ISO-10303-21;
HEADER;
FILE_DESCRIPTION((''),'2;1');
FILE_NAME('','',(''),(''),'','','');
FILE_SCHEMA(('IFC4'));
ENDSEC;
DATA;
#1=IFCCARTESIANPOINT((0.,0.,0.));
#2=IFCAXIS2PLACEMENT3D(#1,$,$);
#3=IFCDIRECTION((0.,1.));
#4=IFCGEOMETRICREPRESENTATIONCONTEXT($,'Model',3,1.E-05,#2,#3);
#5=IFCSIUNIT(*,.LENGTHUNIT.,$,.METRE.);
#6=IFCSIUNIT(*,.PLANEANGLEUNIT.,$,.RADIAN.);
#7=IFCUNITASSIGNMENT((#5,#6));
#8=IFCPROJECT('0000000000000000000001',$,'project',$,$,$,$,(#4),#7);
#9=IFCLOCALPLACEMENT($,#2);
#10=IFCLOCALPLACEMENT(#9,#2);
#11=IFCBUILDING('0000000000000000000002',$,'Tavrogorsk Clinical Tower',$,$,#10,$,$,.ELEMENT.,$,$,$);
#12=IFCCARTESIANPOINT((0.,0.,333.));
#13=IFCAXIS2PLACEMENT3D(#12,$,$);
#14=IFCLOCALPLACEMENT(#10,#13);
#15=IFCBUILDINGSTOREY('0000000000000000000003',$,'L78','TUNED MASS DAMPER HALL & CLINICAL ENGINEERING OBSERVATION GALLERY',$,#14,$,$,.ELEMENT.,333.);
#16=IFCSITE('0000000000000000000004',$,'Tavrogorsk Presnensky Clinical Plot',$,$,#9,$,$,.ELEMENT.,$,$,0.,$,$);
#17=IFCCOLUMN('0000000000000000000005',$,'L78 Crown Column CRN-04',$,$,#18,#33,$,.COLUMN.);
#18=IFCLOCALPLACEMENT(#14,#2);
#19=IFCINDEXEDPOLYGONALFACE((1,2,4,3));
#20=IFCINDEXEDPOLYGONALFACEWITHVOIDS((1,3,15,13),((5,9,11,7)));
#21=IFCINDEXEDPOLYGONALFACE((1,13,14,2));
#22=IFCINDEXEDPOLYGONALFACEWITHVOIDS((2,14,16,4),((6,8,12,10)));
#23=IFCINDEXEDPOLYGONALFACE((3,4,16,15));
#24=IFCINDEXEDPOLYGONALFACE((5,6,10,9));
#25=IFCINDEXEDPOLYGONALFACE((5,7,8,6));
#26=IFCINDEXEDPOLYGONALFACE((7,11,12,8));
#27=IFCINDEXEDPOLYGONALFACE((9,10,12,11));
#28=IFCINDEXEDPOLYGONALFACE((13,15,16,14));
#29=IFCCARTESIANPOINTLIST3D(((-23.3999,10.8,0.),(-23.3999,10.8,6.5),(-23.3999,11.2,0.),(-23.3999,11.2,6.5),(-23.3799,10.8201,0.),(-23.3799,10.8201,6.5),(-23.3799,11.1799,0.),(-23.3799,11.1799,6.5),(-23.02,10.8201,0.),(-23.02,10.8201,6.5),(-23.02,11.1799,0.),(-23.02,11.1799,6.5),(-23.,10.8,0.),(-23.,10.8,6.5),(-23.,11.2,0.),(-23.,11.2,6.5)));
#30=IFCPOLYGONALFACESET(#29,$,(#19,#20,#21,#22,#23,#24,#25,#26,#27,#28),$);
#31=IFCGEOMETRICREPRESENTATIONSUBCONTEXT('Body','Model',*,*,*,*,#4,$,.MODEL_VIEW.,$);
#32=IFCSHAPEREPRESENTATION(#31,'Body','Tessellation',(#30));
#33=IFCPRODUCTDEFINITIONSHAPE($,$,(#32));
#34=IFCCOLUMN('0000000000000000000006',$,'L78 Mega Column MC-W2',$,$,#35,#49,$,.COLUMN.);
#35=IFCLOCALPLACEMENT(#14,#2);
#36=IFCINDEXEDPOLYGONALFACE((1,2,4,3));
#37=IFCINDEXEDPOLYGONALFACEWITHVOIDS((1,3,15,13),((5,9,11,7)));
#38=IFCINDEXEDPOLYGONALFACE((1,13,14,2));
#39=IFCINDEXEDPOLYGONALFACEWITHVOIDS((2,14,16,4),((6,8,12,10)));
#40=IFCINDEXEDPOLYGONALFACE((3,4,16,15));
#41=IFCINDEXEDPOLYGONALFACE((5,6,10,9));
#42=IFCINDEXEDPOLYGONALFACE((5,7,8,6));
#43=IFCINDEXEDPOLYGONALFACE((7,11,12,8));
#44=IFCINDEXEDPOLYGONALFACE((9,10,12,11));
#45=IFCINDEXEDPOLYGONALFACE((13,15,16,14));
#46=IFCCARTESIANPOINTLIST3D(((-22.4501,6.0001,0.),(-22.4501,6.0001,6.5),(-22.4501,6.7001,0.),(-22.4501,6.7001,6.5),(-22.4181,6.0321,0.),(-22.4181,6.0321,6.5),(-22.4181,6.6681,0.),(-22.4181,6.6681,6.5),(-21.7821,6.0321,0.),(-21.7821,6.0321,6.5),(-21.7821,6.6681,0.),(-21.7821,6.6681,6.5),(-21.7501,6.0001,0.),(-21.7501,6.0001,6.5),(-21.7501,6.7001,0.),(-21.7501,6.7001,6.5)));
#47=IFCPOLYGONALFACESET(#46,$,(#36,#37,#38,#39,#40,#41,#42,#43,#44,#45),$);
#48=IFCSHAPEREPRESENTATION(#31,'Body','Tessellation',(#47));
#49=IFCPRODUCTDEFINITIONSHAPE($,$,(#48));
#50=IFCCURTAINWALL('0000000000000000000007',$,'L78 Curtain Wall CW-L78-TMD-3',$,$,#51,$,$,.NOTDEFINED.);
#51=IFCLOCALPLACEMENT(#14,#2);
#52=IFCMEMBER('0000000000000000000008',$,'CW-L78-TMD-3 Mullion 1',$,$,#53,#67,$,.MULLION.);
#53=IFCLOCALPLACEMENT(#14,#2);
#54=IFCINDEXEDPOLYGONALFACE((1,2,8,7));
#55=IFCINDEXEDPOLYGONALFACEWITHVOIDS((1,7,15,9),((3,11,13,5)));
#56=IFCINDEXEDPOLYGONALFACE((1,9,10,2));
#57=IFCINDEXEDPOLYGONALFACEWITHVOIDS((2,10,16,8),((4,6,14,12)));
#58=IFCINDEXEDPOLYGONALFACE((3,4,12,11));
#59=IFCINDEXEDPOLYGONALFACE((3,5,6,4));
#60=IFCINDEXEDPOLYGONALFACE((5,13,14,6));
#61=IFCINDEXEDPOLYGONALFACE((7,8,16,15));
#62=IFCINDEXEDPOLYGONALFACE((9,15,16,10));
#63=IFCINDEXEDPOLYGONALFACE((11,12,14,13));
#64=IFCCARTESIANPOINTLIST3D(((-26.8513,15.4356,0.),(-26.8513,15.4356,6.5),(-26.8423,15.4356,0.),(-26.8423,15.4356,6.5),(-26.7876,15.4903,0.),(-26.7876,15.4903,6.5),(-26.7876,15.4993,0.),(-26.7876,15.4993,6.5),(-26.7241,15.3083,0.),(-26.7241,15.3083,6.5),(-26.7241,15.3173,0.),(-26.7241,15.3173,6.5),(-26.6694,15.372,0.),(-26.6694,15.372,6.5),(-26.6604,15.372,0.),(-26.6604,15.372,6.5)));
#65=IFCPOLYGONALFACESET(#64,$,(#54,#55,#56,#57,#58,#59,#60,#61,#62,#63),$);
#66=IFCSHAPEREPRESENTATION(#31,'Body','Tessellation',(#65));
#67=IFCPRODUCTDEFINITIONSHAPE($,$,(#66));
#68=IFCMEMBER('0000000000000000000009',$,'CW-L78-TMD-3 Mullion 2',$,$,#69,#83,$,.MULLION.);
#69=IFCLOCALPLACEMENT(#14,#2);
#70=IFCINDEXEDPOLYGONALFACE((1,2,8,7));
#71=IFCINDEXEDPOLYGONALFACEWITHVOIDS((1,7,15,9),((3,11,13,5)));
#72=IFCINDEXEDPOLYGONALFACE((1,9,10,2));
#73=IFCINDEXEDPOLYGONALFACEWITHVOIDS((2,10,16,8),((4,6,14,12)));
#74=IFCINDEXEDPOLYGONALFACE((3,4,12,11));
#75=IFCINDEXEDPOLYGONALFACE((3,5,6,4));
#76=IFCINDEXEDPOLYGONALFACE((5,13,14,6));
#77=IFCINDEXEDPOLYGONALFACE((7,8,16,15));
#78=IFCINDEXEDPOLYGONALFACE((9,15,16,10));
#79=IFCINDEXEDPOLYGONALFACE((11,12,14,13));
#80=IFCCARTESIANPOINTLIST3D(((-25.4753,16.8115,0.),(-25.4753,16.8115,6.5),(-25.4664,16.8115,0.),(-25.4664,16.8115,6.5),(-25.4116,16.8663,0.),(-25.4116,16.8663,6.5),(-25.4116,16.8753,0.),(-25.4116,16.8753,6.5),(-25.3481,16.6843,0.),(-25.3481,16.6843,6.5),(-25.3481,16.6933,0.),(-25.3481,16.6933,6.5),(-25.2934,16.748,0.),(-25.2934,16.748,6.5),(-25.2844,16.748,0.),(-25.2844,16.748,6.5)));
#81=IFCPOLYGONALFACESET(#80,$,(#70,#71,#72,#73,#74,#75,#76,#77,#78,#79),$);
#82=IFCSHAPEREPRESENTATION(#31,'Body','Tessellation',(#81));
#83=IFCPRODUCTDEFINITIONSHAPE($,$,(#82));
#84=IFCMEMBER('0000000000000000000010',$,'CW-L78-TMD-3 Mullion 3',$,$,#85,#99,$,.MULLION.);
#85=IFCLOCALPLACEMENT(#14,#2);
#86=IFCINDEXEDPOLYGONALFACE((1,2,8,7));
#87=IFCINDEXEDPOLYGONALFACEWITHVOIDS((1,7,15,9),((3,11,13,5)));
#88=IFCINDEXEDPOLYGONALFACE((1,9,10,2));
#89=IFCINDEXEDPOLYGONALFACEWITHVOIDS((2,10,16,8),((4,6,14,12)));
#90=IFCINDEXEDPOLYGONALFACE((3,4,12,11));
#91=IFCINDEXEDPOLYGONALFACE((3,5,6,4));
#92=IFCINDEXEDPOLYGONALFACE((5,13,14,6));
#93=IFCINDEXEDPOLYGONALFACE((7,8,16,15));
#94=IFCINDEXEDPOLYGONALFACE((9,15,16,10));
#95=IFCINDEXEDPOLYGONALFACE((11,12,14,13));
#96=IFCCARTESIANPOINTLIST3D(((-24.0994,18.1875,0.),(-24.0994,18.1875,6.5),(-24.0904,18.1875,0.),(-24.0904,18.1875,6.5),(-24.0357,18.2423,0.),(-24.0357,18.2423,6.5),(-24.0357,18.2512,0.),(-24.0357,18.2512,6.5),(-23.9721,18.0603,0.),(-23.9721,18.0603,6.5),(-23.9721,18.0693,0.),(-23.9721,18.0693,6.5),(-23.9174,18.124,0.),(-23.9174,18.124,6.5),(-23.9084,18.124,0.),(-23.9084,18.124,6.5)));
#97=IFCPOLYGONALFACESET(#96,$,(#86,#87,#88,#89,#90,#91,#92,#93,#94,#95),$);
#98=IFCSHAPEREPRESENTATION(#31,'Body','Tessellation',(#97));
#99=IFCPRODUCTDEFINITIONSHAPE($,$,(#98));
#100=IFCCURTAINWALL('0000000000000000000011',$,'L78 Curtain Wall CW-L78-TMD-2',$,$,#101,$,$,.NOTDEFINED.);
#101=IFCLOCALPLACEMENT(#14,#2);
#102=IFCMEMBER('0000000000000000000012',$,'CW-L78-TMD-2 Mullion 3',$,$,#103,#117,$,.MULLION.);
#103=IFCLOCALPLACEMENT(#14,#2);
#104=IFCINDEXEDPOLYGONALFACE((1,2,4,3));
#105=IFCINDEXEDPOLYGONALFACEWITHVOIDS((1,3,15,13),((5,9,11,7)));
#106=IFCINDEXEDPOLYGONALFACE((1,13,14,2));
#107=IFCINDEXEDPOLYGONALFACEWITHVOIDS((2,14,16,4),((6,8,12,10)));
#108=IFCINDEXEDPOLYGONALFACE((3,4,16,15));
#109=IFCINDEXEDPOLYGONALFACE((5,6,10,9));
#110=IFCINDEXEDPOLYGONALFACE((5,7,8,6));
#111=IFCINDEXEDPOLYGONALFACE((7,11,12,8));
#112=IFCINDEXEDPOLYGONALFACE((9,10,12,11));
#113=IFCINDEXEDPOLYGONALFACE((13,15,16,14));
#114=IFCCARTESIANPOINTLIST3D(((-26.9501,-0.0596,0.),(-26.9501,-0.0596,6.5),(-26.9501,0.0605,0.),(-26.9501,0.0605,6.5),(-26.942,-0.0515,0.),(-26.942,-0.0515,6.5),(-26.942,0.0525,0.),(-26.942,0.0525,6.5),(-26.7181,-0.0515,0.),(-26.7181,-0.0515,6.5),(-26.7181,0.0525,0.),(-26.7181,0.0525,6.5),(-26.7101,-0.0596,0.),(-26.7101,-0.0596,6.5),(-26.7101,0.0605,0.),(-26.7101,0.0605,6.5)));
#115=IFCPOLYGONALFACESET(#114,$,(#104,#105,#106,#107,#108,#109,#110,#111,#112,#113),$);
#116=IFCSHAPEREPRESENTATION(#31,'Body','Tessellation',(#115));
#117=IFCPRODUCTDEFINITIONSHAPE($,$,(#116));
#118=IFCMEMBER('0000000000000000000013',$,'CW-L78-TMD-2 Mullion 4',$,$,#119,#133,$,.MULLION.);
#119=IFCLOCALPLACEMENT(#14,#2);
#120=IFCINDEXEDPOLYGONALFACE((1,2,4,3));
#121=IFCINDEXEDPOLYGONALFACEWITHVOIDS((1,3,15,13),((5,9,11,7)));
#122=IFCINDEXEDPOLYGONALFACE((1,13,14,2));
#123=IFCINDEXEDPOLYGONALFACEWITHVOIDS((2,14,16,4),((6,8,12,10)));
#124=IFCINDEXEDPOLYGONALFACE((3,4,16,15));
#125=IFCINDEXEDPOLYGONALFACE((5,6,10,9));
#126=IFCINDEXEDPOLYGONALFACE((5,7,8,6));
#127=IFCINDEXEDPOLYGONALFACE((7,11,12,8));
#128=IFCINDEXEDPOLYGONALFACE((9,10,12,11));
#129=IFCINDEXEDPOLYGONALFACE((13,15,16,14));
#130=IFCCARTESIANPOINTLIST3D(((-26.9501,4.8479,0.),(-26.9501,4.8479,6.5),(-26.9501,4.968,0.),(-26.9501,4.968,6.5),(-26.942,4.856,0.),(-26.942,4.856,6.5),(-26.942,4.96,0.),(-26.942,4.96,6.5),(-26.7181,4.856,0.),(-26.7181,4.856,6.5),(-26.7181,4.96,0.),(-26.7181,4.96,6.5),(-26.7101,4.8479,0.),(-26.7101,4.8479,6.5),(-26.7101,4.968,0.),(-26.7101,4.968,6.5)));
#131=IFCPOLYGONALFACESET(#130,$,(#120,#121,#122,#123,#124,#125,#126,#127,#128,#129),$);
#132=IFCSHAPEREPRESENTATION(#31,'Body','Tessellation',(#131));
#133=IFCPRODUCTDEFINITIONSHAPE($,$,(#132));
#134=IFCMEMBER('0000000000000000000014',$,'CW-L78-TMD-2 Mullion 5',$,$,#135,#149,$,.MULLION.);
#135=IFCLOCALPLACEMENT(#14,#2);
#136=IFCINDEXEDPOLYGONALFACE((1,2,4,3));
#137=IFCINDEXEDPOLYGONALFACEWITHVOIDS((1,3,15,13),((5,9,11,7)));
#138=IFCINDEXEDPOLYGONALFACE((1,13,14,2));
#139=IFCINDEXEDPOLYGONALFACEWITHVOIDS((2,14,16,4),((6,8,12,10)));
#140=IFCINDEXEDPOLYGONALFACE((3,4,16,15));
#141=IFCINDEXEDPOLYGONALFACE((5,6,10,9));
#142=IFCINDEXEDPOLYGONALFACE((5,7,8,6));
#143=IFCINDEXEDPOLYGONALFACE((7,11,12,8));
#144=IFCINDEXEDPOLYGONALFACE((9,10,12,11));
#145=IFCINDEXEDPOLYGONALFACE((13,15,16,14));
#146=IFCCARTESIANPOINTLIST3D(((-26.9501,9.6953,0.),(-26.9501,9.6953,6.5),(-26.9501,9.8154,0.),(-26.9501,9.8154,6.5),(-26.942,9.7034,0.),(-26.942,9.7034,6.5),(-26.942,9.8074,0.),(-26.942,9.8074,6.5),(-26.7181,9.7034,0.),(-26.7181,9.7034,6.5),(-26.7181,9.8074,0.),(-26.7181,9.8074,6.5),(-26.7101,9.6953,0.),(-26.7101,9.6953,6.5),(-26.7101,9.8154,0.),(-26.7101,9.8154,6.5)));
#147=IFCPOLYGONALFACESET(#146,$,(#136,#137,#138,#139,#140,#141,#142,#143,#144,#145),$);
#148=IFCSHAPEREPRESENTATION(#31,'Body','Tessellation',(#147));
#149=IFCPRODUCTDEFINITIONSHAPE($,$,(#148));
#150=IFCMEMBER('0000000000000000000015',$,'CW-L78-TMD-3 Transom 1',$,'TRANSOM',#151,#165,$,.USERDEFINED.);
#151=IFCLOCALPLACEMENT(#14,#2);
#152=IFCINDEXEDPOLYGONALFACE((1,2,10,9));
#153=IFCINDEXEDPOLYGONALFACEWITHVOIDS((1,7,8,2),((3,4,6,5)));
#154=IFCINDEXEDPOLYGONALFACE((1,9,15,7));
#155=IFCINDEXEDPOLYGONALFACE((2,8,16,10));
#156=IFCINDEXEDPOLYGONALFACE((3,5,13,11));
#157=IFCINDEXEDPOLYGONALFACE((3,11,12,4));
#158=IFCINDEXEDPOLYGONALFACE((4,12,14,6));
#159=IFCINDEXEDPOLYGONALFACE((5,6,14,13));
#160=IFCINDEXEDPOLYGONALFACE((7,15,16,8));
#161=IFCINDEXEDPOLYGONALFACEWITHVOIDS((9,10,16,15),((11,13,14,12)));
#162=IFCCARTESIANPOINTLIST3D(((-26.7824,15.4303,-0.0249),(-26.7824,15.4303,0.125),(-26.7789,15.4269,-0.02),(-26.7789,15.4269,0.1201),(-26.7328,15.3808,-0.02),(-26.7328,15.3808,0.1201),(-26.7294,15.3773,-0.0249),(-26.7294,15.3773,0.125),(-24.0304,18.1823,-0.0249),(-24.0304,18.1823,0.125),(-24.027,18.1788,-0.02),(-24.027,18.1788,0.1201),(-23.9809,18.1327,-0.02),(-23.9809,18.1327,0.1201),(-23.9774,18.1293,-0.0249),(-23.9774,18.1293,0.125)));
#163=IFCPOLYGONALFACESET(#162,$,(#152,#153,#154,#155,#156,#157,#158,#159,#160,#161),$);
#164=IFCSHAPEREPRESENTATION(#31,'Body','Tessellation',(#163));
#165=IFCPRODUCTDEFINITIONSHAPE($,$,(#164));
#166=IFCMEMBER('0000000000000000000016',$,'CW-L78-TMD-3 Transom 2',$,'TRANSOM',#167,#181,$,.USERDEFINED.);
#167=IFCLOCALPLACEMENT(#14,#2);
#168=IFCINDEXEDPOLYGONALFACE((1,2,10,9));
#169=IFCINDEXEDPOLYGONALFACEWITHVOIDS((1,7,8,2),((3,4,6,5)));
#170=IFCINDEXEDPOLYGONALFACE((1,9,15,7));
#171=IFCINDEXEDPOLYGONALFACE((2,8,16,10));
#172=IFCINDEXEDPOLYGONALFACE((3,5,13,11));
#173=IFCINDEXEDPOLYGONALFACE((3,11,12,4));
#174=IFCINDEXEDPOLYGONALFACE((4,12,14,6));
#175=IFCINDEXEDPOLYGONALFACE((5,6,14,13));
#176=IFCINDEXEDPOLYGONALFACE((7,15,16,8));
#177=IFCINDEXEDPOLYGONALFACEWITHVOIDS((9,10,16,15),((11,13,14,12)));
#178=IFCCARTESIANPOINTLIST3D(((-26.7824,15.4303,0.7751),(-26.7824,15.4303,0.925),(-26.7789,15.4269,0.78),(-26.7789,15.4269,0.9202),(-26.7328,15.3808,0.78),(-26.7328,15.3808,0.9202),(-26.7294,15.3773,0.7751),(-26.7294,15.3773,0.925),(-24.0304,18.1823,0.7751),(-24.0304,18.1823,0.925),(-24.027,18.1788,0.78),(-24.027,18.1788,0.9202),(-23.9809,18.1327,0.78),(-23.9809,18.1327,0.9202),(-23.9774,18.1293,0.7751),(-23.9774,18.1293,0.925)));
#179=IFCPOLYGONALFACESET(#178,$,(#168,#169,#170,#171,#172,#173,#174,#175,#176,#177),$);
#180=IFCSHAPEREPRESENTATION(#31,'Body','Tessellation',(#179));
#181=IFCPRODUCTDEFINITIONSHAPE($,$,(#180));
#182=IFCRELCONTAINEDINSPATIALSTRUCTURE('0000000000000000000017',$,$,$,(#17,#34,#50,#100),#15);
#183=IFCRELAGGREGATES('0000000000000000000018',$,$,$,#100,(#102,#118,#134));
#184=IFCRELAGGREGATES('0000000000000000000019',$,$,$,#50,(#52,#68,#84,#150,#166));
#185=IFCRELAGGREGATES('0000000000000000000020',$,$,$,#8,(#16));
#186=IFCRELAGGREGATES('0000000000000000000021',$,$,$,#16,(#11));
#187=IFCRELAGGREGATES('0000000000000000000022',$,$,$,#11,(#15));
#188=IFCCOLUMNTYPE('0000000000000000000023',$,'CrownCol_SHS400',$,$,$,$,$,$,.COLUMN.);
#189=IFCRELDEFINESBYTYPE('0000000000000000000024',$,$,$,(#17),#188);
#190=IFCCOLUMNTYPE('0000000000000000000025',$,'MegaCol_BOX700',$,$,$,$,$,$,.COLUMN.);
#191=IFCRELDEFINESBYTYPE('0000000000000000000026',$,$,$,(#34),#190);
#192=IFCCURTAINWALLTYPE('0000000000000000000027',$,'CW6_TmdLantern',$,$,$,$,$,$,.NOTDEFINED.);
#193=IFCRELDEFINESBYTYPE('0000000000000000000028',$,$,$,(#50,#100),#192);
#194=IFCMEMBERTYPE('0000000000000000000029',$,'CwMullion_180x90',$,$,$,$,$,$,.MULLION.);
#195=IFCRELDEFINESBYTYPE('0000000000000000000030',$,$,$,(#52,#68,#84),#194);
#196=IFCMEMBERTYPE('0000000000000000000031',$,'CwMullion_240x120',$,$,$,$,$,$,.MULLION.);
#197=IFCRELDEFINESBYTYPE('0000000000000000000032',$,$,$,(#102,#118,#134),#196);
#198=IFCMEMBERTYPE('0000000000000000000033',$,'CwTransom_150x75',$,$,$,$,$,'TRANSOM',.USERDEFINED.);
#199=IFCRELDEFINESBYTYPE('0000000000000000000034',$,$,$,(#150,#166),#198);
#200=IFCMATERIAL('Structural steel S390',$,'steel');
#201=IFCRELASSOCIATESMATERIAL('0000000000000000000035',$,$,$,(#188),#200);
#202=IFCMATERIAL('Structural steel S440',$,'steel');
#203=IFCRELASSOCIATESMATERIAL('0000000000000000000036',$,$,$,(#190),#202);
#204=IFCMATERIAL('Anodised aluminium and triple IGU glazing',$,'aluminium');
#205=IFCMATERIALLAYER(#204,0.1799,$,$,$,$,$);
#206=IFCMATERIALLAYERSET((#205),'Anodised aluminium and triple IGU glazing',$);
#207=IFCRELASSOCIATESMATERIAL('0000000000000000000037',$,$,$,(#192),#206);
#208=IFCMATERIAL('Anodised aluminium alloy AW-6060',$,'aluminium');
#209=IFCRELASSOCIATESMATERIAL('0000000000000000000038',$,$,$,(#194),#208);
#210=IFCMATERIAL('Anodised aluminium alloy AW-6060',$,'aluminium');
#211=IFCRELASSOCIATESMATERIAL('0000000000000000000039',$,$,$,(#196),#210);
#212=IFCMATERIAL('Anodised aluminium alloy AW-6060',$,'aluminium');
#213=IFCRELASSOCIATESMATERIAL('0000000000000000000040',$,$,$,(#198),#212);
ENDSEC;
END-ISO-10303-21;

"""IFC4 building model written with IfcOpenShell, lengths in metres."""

from ifc_helpers import new_model, si_unit, direction, frame, origin, origin_2d, place, context, subcontext, project, spatial, hollow_rectangle, extrude, material, layer, layer_set, material_profile, profile_set, type_object, element, aggregate, save


model = new_model("IFC4")

# Units and contexts
model_context = context("Model", 3, precision=1e-05, world=origin(), true_north=direction((0.0, 1.0)))
body_context = subcontext(model_context, "Body", "Model", "MODEL_VIEW")
ifc_project = project(units=[si_unit("LENGTHUNIT", "METRE"), si_unit("PLANEANGLEUNIT", "RADIAN")], contexts=[model_context])

# Site, building, storey
site_placement = place(None, origin())
site = spatial("IfcSite", under=ifc_project, at=site_placement, Name="Tavrogorsk Presnensky Clinical Plot", CompositionType="ELEMENT", RefElevation=0.0)
building_placement = place(site_placement, origin())
building = spatial("IfcBuilding", under=site, at=building_placement, Name="Tavrogorsk Clinical Tower", CompositionType="ELEMENT")
storey_placement = place(building_placement, frame((0.0, 0.0, 333.0)))
storey = spatial("IfcBuildingStorey", under=building, at=storey_placement, Name="L78", Description="TUNED MASS DAMPER HALL & CLINICAL ENGINEERING OBSERVATION GALLERY", CompositionType="ELEMENT", Elevation=333.0)

# Columns
ifc_material_1 = material(Name="Structural steel S390", Category="steel")
ifc_material_profile_1 = material_profile(ifc_material_1, hollow_rectangle(XDim=0.3999, YDim=0.3999, WallThickness=0.02, at=origin_2d()), Name="SHS-400x400x20")
ifc_profile_set_1 = profile_set([ifc_material_profile_1], Name="Structural steel S390")
column_type_1 = type_object("IfcColumnType", Name="CrownCol_SHS400", PredefinedType="COLUMN", material=ifc_profile_set_1)
column_1_placement = place(storey_placement, frame((-23.2, 11.0, 0.0), z_axis=(0.0, 0.0, 1.0), x_axis=(1.0, 0.0, 0.0)))
element("IfcColumn", 1, at=column_1_placement, inside=storey, type_object=column_type_1, Name="L78 Crown Column CRN-04", PredefinedType="COLUMN", context=body_context, shape_type="SweptSolid", body=[
    extrude(hollow_rectangle(XDim=0.3999, YDim=0.3999, WallThickness=0.02, at=origin_2d()), origin(), (0.0, 0.0, 1.0), 6.5),
])
ifc_material_2 = material(Name="Structural steel S440", Category="steel")
ifc_material_profile_2 = material_profile(ifc_material_2, hollow_rectangle(XDim=0.7, YDim=0.7, WallThickness=0.032, at=origin_2d()), Name="BOX-700x700x32")
ifc_profile_set_2 = profile_set([ifc_material_profile_2], Name="Structural steel S440")
column_type_2 = type_object("IfcColumnType", Name="MegaCol_BOX700", PredefinedType="COLUMN", material=ifc_profile_set_2)
column_2_placement = place(storey_placement, frame((-22.1001, 6.3501, 0.0), z_axis=(0.0, 0.0, 1.0), x_axis=(1.0, 0.0, 0.0)))
element("IfcColumn", 2, at=column_2_placement, inside=storey, type_object=column_type_2, Name="L78 Mega Column MC-W2", PredefinedType="COLUMN", context=body_context, shape_type="SweptSolid", body=[
    extrude(hollow_rectangle(XDim=0.7, YDim=0.7, WallThickness=0.032, at=origin_2d()), origin(), (0.0, 0.0, 1.0), 6.5),
])

# Curtain walls, members
ifc_material_3 = material(Name="Anodised aluminium and triple IGU glazing", Category="aluminium")
ifc_layer_1 = layer(ifc_material_3, 0.1799)
ifc_layer_set_1 = layer_set([ifc_layer_1], Name="Anodised aluminium and triple IGU glazing")
curtain_wall_type = type_object("IfcCurtainWallType", Name="CW6_TmdLantern", PredefinedType="NOTDEFINED", material=ifc_layer_set_1)
curtain_wall_1_placement = place(storey_placement, origin())
curtain_wall_1 = element("IfcCurtainWall", 3, at=curtain_wall_1_placement, inside=storey, type_object=curtain_wall_type, Name="L78 Curtain Wall CW-L78-TMD-3", PredefinedType="NOTDEFINED")
ifc_material_4 = material(Name="Anodised aluminium alloy AW-6060", Category="aluminium")
ifc_material_profile_3 = material_profile(ifc_material_4, hollow_rectangle(XDim=0.0901, YDim=0.1799, WallThickness=0.0063, at=origin_2d()), Name="RHS-180x90x6.3")
ifc_profile_set_3 = profile_set([ifc_material_profile_3], Name="Anodised aluminium alloy AW-6060")
member_type_1 = type_object("IfcMemberType", Name="CwMullion_180x90", PredefinedType="MULLION", material=ifc_profile_set_3)
member_1_placement = place(storey_placement, frame((-26.7559, 15.4038, 0.0), z_axis=(0.0, 0.0, 1.0), x_axis=(0.707107, 0.707107, 0.0)))
member_1 = element("IfcMember", 4, at=member_1_placement, type_object=member_type_1, Name="CW-L78-TMD-3 Mullion 1", PredefinedType="MULLION", context=body_context, shape_type="SweptSolid", body=[
    extrude(hollow_rectangle(XDim=0.0901, YDim=0.1799, WallThickness=0.0063, at=origin_2d()), origin(), (0.0, 0.0, 1.0), 6.5),
])
member_2_placement = place(storey_placement, frame((-25.3799, 16.7798, 0.0), z_axis=(0.0, 0.0, 1.0), x_axis=(0.707107, 0.707107, 0.0)))
member_2 = element("IfcMember", 5, at=member_2_placement, type_object=member_type_1, Name="CW-L78-TMD-3 Mullion 2", PredefinedType="MULLION", context=body_context, shape_type="SweptSolid", body=[
    extrude(hollow_rectangle(XDim=0.0901, YDim=0.1799, WallThickness=0.0063, at=origin_2d()), origin(), (0.0, 0.0, 1.0), 6.5),
])
member_3_placement = place(storey_placement, frame((-24.0039, 18.1558, 0.0), z_axis=(0.0, 0.0, 1.0), x_axis=(0.707107, 0.707107, 0.0)))
member_3 = element("IfcMember", 6, at=member_3_placement, type_object=member_type_1, Name="CW-L78-TMD-3 Mullion 3", PredefinedType="MULLION", context=body_context, shape_type="SweptSolid", body=[
    extrude(hollow_rectangle(XDim=0.0901, YDim=0.1799, WallThickness=0.0063, at=origin_2d()), origin(), (0.0, 0.0, 1.0), 6.5),
])
curtain_wall_2_placement = place(storey_placement, origin())
curtain_wall_2 = element("IfcCurtainWall", 7, at=curtain_wall_2_placement, inside=storey, type_object=curtain_wall_type, Name="L78 Curtain Wall CW-L78-TMD-2", PredefinedType="NOTDEFINED")
ifc_material_5 = material(Name="Anodised aluminium alloy AW-6060", Category="aluminium")
ifc_material_profile_4 = material_profile(ifc_material_5, hollow_rectangle(XDim=0.1201, YDim=0.24, WallThickness=0.0081, at=origin_2d()), Name="RHS-240x120x8")
ifc_profile_set_4 = profile_set([ifc_material_profile_4], Name="Anodised aluminium alloy AW-6060")
member_type_2 = type_object("IfcMemberType", Name="CwMullion_240x120", PredefinedType="MULLION", material=ifc_profile_set_4)
member_4_placement = place(storey_placement, frame((-26.8301, 0.0005, 0.0), z_axis=(0.0, 0.0, 1.0), x_axis=(0.0, 1.0, 0.0)))
member_4 = element("IfcMember", 8, at=member_4_placement, type_object=member_type_2, Name="CW-L78-TMD-2 Mullion 3", PredefinedType="MULLION", context=body_context, shape_type="SweptSolid", body=[
    extrude(hollow_rectangle(XDim=0.1201, YDim=0.24, WallThickness=0.0081, at=origin_2d()), origin(), (0.0, 0.0, 1.0), 6.5),
])
member_5_placement = place(storey_placement, frame((-26.8301, 4.908, 0.0), z_axis=(0.0, 0.0, 1.0), x_axis=(0.0, 1.0, 0.0)))
member_5 = element("IfcMember", 9, at=member_5_placement, type_object=member_type_2, Name="CW-L78-TMD-2 Mullion 4", PredefinedType="MULLION", context=body_context, shape_type="SweptSolid", body=[
    extrude(hollow_rectangle(XDim=0.1201, YDim=0.24, WallThickness=0.0081, at=origin_2d()), origin(), (0.0, 0.0, 1.0), 6.5),
])
member_6_placement = place(storey_placement, frame((-26.8301, 9.7554, 0.0), z_axis=(0.0, 0.0, 1.0), x_axis=(0.0, 1.0, 0.0)))
member_6 = element("IfcMember", 10, at=member_6_placement, type_object=member_type_2, Name="CW-L78-TMD-2 Mullion 5", PredefinedType="MULLION", context=body_context, shape_type="SweptSolid", body=[
    extrude(hollow_rectangle(XDim=0.1201, YDim=0.24, WallThickness=0.0081, at=origin_2d()), origin(), (0.0, 0.0, 1.0), 6.5),
])

# Members
ifc_material_6 = material(Name="Anodised aluminium alloy AW-6060", Category="aluminium")
ifc_material_profile_5 = material_profile(ifc_material_6, hollow_rectangle(XDim=0.075, YDim=0.1499, WallThickness=0.0049, at=origin_2d()), Name="RHS-150x75x5")
ifc_profile_set_5 = profile_set([ifc_material_profile_5], Name="Anodised aluminium alloy AW-6060")
member_type_3 = type_object("IfcMemberType", Name="CwTransom_150x75", ElementType="TRANSOM", PredefinedType="USERDEFINED", material=ifc_profile_set_5)
member_7_placement = place(storey_placement, frame((-26.7559, 15.4038, 0.05), z_axis=(0.707107, 0.707107, 0.0), x_axis=(-0.707107, 0.707107, 0.0)))
member_7 = element("IfcMember", 11, at=member_7_placement, type_object=member_type_3, Name="CW-L78-TMD-3 Transom 1", ObjectType="TRANSOM", PredefinedType="USERDEFINED", context=body_context, shape_type="SweptSolid", body=[
    extrude(hollow_rectangle(XDim=0.075, YDim=0.1499, WallThickness=0.0049, at=origin_2d()), origin(), (0.0, 0.0, 1.0), 3.8918),
])
member_8_placement = place(storey_placement, frame((-26.7559, 15.4038, 0.8501), z_axis=(0.707107, 0.707107, 0.0), x_axis=(-0.707107, 0.707107, 0.0)))
member_8 = element("IfcMember", 12, at=member_8_placement, type_object=member_type_3, Name="CW-L78-TMD-3 Transom 2", ObjectType="TRANSOM", PredefinedType="USERDEFINED", context=body_context, shape_type="SweptSolid", body=[
    extrude(hollow_rectangle(XDim=0.075, YDim=0.1499, WallThickness=0.0049, at=origin_2d()), origin(), (0.0, 0.0, 1.0), 3.8918),
])

aggregate(curtain_wall_2, [member_4, member_5, member_6])
aggregate(curtain_wall_1, [member_1, member_2, member_3, member_7, member_8])

save(model, "model.ifc")
